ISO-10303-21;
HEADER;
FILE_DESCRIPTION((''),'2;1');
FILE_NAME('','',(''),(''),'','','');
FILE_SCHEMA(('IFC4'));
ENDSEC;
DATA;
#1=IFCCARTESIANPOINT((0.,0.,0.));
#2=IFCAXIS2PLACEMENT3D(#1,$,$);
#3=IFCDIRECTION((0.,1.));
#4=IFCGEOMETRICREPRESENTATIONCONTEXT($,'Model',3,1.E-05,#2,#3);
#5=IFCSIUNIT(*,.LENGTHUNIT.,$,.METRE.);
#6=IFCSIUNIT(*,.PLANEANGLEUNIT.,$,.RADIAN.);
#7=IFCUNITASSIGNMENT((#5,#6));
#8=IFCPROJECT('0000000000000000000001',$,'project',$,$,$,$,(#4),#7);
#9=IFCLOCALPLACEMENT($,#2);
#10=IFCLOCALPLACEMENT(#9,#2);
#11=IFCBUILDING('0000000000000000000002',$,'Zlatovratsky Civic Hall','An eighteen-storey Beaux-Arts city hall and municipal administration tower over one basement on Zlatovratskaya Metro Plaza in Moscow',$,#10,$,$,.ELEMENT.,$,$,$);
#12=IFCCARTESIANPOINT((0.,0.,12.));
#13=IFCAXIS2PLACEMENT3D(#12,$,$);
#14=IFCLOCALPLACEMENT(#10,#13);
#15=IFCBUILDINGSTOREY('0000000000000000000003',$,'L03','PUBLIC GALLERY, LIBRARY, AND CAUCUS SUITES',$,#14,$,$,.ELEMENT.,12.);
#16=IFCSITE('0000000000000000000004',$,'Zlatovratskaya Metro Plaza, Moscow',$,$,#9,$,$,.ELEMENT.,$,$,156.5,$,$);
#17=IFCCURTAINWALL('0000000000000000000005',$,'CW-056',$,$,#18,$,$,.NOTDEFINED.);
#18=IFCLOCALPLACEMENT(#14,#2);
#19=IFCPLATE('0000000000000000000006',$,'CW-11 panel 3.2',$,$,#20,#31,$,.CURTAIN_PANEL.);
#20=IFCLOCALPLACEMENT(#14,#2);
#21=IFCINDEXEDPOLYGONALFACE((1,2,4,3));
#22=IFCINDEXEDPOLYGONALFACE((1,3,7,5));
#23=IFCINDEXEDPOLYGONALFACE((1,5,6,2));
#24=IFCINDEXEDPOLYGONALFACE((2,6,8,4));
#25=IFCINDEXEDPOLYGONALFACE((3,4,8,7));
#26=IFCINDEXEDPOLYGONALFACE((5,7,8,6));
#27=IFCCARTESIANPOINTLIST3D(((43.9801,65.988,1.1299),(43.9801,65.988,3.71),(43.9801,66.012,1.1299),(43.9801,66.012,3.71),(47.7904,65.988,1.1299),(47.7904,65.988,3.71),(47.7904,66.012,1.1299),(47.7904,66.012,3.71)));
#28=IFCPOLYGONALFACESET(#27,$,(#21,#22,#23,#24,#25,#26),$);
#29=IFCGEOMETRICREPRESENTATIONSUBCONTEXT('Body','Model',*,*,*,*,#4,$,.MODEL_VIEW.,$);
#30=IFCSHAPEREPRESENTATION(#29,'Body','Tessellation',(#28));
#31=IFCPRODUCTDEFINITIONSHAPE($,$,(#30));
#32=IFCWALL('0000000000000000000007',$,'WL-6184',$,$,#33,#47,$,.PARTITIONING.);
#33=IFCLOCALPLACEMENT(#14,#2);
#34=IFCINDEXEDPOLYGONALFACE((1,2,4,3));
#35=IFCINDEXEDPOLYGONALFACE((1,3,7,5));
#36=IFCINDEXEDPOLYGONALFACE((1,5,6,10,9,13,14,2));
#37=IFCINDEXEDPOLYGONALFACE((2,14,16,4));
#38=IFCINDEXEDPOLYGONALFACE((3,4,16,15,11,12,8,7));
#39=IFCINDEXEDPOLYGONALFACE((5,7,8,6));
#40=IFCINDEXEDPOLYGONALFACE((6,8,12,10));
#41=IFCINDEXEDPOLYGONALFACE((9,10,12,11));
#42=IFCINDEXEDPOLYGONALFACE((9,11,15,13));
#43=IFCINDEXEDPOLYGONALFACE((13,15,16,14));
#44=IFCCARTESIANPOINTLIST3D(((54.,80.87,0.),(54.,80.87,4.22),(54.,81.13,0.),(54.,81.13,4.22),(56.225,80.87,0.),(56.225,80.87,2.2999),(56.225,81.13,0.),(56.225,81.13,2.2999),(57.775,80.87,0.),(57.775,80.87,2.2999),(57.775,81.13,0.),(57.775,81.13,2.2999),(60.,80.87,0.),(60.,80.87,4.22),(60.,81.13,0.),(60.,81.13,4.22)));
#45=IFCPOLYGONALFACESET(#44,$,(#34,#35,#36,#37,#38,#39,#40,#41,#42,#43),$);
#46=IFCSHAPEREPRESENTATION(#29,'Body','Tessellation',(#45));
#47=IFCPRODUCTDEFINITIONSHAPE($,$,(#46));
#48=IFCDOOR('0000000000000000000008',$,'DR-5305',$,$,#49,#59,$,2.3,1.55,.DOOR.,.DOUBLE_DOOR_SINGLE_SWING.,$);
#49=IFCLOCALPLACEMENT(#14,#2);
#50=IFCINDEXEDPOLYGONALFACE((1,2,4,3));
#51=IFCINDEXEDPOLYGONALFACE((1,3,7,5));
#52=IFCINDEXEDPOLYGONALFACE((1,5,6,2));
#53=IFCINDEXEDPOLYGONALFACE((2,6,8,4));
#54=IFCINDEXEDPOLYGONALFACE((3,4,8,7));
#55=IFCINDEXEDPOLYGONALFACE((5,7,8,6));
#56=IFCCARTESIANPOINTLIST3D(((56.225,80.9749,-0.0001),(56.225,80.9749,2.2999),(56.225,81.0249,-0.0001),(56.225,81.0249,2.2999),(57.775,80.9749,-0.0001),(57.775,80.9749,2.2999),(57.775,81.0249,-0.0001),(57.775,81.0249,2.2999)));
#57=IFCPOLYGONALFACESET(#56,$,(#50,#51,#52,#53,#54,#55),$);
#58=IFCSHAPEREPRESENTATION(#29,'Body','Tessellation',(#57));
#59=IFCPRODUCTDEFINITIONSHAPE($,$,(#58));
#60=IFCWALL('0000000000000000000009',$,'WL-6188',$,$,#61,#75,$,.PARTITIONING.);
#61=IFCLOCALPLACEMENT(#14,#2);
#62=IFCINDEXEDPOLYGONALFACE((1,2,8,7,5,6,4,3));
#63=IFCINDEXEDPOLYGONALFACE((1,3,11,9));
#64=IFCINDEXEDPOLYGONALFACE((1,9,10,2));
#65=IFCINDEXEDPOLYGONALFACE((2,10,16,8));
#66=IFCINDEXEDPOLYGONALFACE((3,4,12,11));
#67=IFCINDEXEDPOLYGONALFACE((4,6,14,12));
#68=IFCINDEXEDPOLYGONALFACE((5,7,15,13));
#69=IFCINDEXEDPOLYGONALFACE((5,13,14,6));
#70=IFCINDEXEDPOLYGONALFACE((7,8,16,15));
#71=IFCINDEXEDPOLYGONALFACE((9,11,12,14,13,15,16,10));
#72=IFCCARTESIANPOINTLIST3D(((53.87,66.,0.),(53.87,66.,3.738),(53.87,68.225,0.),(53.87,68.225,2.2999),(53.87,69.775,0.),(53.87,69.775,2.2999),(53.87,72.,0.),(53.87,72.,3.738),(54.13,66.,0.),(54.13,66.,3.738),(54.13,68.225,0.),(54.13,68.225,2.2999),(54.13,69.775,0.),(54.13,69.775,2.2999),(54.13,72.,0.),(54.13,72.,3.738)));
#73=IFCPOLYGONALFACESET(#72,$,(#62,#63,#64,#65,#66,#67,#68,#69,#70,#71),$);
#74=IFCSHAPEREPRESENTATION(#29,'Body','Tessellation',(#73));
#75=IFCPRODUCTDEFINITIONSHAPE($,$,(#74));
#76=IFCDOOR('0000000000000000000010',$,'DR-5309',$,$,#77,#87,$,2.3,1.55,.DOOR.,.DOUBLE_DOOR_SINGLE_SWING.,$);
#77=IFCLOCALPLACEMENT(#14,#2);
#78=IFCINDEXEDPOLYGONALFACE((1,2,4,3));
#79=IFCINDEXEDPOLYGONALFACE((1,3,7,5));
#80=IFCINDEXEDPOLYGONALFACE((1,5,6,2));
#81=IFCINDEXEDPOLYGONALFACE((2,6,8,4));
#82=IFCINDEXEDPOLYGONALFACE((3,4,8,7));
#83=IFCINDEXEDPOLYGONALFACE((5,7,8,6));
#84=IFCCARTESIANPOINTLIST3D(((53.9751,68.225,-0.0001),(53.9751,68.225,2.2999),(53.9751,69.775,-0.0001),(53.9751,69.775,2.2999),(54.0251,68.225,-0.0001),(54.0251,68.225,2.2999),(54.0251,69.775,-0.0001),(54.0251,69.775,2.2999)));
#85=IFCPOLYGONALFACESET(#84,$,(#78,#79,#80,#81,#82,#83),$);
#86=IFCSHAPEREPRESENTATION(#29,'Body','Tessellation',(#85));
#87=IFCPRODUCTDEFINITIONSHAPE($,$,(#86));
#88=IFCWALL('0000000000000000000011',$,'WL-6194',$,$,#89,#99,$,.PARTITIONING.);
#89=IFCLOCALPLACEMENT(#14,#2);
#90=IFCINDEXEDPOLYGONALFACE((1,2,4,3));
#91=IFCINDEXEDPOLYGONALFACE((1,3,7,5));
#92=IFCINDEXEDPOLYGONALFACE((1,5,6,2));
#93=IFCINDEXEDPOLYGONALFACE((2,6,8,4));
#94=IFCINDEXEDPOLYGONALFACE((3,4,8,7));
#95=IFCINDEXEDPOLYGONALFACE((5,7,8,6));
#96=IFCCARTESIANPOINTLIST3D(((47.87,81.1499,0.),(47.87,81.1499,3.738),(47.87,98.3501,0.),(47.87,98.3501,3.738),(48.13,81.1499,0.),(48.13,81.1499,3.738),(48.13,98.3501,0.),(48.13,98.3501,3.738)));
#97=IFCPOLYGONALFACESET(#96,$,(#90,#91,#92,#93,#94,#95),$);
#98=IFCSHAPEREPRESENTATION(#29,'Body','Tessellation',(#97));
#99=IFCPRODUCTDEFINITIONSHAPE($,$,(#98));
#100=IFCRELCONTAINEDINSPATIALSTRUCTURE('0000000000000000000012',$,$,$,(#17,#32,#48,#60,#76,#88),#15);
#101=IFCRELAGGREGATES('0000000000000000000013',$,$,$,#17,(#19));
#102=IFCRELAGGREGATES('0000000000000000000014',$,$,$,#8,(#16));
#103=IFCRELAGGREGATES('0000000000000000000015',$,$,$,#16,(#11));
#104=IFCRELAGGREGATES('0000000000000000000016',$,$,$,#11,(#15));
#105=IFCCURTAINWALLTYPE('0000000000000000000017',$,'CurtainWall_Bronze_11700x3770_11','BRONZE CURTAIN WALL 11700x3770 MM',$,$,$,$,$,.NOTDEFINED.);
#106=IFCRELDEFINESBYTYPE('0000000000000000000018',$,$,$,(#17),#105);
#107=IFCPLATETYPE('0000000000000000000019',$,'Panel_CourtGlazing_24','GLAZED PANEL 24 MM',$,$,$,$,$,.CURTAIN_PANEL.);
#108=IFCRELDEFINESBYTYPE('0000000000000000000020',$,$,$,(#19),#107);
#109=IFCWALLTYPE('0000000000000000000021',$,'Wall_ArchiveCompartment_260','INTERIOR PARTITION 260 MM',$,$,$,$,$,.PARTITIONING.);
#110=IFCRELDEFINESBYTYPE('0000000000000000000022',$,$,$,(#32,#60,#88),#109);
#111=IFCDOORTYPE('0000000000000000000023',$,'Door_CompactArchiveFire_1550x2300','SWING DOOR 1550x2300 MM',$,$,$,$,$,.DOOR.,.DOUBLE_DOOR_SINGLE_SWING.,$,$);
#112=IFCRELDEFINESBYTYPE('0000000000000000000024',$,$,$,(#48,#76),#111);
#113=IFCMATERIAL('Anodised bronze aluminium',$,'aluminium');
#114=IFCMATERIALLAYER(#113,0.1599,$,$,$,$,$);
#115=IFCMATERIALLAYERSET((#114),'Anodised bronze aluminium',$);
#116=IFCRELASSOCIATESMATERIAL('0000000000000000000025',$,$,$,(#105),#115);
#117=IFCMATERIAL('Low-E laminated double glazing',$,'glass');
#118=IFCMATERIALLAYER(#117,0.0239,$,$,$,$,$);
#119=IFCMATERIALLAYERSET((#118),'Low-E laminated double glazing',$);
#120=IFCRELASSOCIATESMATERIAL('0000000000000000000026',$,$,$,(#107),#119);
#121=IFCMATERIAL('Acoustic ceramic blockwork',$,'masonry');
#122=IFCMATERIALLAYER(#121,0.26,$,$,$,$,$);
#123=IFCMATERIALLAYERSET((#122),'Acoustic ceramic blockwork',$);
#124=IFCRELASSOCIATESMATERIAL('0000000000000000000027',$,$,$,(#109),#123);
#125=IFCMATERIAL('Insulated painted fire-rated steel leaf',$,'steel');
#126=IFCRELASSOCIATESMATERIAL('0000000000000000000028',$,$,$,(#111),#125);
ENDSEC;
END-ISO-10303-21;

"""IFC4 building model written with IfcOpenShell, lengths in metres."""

from ifc_helpers import new_model, si_unit, direction, frame, frame_2d, origin, origin_2d, place, context, subcontext, project, spatial, rectangle, extrude, material, layer, layer_set, type_object, element, fill, aggregate, save


model = new_model("IFC4")

# Units and contexts
model_context = context("Model", 3, precision=1e-05, world=origin(), true_north=direction((0.0, 1.0)))
body_context = subcontext(model_context, "Body", "Model", "MODEL_VIEW")
ifc_project = project(units=[si_unit("LENGTHUNIT", "METRE"), si_unit("PLANEANGLEUNIT", "RADIAN")], contexts=[model_context])

# Site, building, storey
site_placement = place(None, origin())
site = spatial("IfcSite", under=ifc_project, at=site_placement, Name="Zlatovratskaya Metro Plaza, Moscow", CompositionType="ELEMENT", RefElevation=156.5)
building_placement = place(site_placement, origin())
building = spatial("IfcBuilding", under=site, at=building_placement, Name="Zlatovratsky Civic Hall", Description="An eighteen-storey Beaux-Arts city hall and municipal administration tower over one basement on Zlatovratskaya Metro Plaza in Moscow", CompositionType="ELEMENT")
storey_placement = place(building_placement, frame((0.0, 0.0, 12.0)))
storey = spatial("IfcBuildingStorey", under=building, at=storey_placement, Name="L03", Description="PUBLIC GALLERY, LIBRARY, AND CAUCUS SUITES", CompositionType="ELEMENT", Elevation=12.0)

# Curtain wall
ifc_material_1 = material(Name="Anodised bronze aluminium", Category="aluminium")
ifc_layer_1 = layer(ifc_material_1, 0.1599)
ifc_layer_set_1 = layer_set([ifc_layer_1], Name="Anodised bronze aluminium")
curtain_wall_type = type_object("IfcCurtainWallType", Name="CurtainWall_Bronze_11700x3770_11", Description="BRONZE CURTAIN WALL 11700x3770 MM", PredefinedType="NOTDEFINED", material=ifc_layer_set_1)
curtain_wall_placement = place(storey_placement, origin())
curtain_wall = element("IfcCurtainWall", 1, at=curtain_wall_placement, inside=storey, type_object=curtain_wall_type, Name="CW-056", PredefinedType="NOTDEFINED")

# Plate
ifc_material_2 = material(Name="Low-E laminated double glazing", Category="glass")
ifc_layer_2 = layer(ifc_material_2, 0.0239)
ifc_layer_set_2 = layer_set([ifc_layer_2], Name="Low-E laminated double glazing")
plate_type = type_object("IfcPlateType", Name="Panel_CourtGlazing_24", Description="GLAZED PANEL 24 MM", PredefinedType="CURTAIN_PANEL", material=ifc_layer_set_2)
plate_1_placement = place(storey_placement, frame((45.8853, 66.0, 1.1299), z_axis=(0.0, 0.0, 1.0), x_axis=(1.0, 0.0, 0.0)))
plate_1 = element("IfcPlate", 2, at=plate_1_placement, type_object=plate_type, Name="CW-11 panel 3.2", PredefinedType="CURTAIN_PANEL", context=body_context, shape_type="SweptSolid", body=[
    extrude(rectangle(XDim=3.8103, YDim=0.0239, at=origin_2d()), origin(), (0.0, 0.0, 1.0), 2.5801),
])
aggregate(curtain_wall, [plate_1])

# Walls, openings, doors
ifc_material_3 = material(Name="Acoustic ceramic blockwork", Category="masonry")
ifc_layer_3 = layer(ifc_material_3, 0.26)
ifc_layer_set_3 = layer_set([ifc_layer_3], Name="Acoustic ceramic blockwork")
wall_type = type_object("IfcWallType", Name="Wall_ArchiveCompartment_260", Description="INTERIOR PARTITION 260 MM", PredefinedType="PARTITIONING", material=ifc_layer_set_3)
wall_1_placement = place(storey_placement, frame((54.0, 81.0, 0.0), z_axis=(0.0, 0.0, 1.0), x_axis=(1.0, 0.0, 0.0)))
wall_1 = element("IfcWall", 3, at=wall_1_placement, inside=storey, type_object=wall_type, Name="WL-6184", PredefinedType="PARTITIONING", context=body_context, shape_type="SweptSolid", body=[
    extrude(rectangle(XDim=6.0, YDim=0.26, at=frame_2d((3.0, 0.0))), origin(), (0.0, 0.0, 1.0), 4.22),
])
opening_1_placement = place(wall_1_placement, frame((2.2251, 0.0, 0.0)))
opening_1 = element("IfcOpeningElement", 4, at=opening_1_placement, cuts=wall_1, PredefinedType="OPENING", context=body_context, shape_type="SweptSolid", body=[
    extrude(rectangle(XDim=1.55, YDim=2.3, at=frame_2d((0.7749, 1.1499))), frame((0.0, 0.145, 0.0), z_axis=(0.0, -1.0, 0.0), x_axis=(1.0, 0.0, 0.0)), (0.0, 0.0, 1.0), 0.2898),
])
ifc_material_4 = material(Name="Insulated painted fire-rated steel leaf", Category="steel")
door_type = type_object("IfcDoorType", Name="Door_CompactArchiveFire_1550x2300", Description="SWING DOOR 1550x2300 MM", OperationType="DOUBLE_DOOR_SINGLE_SWING", PredefinedType="DOOR", material=ifc_material_4)
door_1_placement = place(opening_1_placement, origin())
door_1 = element("IfcDoor", 5, at=door_1_placement, inside=storey, type_object=door_type, Name="DR-5305", OperationType="DOUBLE_DOOR_SINGLE_SWING", OverallHeight=2.3, OverallWidth=1.55, PredefinedType="DOOR", context=body_context, shape_type="SweptSolid", body=[
    extrude(rectangle(XDim=1.55, YDim=2.3, at=frame_2d((0.7749, 1.1499))), frame((0.0, 0.0249, 0.0), z_axis=(0.0, -1.0, 0.0), x_axis=(1.0, 0.0, 0.0)), (0.0, 0.0, 1.0), 0.05),
])
fill(opening_1, door_1)
wall_2_placement = place(storey_placement, frame((54.0, 66.0, 0.0), z_axis=(0.0, 0.0, 1.0), x_axis=(0.0, 1.0, 0.0)))
wall_2 = element("IfcWall", 6, at=wall_2_placement, inside=storey, type_object=wall_type, Name="WL-6188", PredefinedType="PARTITIONING", context=body_context, shape_type="SweptSolid", body=[
    extrude(rectangle(XDim=6.0, YDim=0.26, at=frame_2d((3.0, 0.0))), origin(), (0.0, 0.0, 1.0), 3.738),
])
opening_2_placement = place(wall_2_placement, frame((2.2251, 0.0, 0.0)))
opening_2 = element("IfcOpeningElement", 7, at=opening_2_placement, cuts=wall_2, PredefinedType="OPENING", context=body_context, shape_type="SweptSolid", body=[
    extrude(rectangle(XDim=1.55, YDim=2.3, at=frame_2d((0.7749, 1.1499))), frame((0.0, 0.145, 0.0), z_axis=(0.0, -1.0, 0.0), x_axis=(1.0, 0.0, 0.0)), (0.0, 0.0, 1.0), 0.2898),
])
door_2_placement = place(opening_2_placement, origin())
door_2 = element("IfcDoor", 8, at=door_2_placement, inside=storey, type_object=door_type, Name="DR-5309", OperationType="DOUBLE_DOOR_SINGLE_SWING", OverallHeight=2.3, OverallWidth=1.55, PredefinedType="DOOR", context=body_context, shape_type="SweptSolid", body=[
    extrude(rectangle(XDim=1.55, YDim=2.3, at=frame_2d((0.7749, 1.1499))), frame((0.0, 0.0249, 0.0), z_axis=(0.0, -1.0, 0.0), x_axis=(1.0, 0.0, 0.0)), (0.0, 0.0, 1.0), 0.05),
])
fill(opening_2, door_2)

# Wall
wall_3_placement = place(storey_placement, frame((48.0, 81.1499, 0.0), z_axis=(0.0, 0.0, 1.0), x_axis=(0.0, 1.0, 0.0)))
element("IfcWall", 9, at=wall_3_placement, inside=storey, type_object=wall_type, Name="WL-6194", PredefinedType="PARTITIONING", context=body_context, shape_type="SweptSolid", body=[
    extrude(rectangle(XDim=17.2002, YDim=0.26, at=frame_2d((8.6001, 0.0))), origin(), (0.0, 0.0, 1.0), 3.738),
])

save(model, "model.ifc")
